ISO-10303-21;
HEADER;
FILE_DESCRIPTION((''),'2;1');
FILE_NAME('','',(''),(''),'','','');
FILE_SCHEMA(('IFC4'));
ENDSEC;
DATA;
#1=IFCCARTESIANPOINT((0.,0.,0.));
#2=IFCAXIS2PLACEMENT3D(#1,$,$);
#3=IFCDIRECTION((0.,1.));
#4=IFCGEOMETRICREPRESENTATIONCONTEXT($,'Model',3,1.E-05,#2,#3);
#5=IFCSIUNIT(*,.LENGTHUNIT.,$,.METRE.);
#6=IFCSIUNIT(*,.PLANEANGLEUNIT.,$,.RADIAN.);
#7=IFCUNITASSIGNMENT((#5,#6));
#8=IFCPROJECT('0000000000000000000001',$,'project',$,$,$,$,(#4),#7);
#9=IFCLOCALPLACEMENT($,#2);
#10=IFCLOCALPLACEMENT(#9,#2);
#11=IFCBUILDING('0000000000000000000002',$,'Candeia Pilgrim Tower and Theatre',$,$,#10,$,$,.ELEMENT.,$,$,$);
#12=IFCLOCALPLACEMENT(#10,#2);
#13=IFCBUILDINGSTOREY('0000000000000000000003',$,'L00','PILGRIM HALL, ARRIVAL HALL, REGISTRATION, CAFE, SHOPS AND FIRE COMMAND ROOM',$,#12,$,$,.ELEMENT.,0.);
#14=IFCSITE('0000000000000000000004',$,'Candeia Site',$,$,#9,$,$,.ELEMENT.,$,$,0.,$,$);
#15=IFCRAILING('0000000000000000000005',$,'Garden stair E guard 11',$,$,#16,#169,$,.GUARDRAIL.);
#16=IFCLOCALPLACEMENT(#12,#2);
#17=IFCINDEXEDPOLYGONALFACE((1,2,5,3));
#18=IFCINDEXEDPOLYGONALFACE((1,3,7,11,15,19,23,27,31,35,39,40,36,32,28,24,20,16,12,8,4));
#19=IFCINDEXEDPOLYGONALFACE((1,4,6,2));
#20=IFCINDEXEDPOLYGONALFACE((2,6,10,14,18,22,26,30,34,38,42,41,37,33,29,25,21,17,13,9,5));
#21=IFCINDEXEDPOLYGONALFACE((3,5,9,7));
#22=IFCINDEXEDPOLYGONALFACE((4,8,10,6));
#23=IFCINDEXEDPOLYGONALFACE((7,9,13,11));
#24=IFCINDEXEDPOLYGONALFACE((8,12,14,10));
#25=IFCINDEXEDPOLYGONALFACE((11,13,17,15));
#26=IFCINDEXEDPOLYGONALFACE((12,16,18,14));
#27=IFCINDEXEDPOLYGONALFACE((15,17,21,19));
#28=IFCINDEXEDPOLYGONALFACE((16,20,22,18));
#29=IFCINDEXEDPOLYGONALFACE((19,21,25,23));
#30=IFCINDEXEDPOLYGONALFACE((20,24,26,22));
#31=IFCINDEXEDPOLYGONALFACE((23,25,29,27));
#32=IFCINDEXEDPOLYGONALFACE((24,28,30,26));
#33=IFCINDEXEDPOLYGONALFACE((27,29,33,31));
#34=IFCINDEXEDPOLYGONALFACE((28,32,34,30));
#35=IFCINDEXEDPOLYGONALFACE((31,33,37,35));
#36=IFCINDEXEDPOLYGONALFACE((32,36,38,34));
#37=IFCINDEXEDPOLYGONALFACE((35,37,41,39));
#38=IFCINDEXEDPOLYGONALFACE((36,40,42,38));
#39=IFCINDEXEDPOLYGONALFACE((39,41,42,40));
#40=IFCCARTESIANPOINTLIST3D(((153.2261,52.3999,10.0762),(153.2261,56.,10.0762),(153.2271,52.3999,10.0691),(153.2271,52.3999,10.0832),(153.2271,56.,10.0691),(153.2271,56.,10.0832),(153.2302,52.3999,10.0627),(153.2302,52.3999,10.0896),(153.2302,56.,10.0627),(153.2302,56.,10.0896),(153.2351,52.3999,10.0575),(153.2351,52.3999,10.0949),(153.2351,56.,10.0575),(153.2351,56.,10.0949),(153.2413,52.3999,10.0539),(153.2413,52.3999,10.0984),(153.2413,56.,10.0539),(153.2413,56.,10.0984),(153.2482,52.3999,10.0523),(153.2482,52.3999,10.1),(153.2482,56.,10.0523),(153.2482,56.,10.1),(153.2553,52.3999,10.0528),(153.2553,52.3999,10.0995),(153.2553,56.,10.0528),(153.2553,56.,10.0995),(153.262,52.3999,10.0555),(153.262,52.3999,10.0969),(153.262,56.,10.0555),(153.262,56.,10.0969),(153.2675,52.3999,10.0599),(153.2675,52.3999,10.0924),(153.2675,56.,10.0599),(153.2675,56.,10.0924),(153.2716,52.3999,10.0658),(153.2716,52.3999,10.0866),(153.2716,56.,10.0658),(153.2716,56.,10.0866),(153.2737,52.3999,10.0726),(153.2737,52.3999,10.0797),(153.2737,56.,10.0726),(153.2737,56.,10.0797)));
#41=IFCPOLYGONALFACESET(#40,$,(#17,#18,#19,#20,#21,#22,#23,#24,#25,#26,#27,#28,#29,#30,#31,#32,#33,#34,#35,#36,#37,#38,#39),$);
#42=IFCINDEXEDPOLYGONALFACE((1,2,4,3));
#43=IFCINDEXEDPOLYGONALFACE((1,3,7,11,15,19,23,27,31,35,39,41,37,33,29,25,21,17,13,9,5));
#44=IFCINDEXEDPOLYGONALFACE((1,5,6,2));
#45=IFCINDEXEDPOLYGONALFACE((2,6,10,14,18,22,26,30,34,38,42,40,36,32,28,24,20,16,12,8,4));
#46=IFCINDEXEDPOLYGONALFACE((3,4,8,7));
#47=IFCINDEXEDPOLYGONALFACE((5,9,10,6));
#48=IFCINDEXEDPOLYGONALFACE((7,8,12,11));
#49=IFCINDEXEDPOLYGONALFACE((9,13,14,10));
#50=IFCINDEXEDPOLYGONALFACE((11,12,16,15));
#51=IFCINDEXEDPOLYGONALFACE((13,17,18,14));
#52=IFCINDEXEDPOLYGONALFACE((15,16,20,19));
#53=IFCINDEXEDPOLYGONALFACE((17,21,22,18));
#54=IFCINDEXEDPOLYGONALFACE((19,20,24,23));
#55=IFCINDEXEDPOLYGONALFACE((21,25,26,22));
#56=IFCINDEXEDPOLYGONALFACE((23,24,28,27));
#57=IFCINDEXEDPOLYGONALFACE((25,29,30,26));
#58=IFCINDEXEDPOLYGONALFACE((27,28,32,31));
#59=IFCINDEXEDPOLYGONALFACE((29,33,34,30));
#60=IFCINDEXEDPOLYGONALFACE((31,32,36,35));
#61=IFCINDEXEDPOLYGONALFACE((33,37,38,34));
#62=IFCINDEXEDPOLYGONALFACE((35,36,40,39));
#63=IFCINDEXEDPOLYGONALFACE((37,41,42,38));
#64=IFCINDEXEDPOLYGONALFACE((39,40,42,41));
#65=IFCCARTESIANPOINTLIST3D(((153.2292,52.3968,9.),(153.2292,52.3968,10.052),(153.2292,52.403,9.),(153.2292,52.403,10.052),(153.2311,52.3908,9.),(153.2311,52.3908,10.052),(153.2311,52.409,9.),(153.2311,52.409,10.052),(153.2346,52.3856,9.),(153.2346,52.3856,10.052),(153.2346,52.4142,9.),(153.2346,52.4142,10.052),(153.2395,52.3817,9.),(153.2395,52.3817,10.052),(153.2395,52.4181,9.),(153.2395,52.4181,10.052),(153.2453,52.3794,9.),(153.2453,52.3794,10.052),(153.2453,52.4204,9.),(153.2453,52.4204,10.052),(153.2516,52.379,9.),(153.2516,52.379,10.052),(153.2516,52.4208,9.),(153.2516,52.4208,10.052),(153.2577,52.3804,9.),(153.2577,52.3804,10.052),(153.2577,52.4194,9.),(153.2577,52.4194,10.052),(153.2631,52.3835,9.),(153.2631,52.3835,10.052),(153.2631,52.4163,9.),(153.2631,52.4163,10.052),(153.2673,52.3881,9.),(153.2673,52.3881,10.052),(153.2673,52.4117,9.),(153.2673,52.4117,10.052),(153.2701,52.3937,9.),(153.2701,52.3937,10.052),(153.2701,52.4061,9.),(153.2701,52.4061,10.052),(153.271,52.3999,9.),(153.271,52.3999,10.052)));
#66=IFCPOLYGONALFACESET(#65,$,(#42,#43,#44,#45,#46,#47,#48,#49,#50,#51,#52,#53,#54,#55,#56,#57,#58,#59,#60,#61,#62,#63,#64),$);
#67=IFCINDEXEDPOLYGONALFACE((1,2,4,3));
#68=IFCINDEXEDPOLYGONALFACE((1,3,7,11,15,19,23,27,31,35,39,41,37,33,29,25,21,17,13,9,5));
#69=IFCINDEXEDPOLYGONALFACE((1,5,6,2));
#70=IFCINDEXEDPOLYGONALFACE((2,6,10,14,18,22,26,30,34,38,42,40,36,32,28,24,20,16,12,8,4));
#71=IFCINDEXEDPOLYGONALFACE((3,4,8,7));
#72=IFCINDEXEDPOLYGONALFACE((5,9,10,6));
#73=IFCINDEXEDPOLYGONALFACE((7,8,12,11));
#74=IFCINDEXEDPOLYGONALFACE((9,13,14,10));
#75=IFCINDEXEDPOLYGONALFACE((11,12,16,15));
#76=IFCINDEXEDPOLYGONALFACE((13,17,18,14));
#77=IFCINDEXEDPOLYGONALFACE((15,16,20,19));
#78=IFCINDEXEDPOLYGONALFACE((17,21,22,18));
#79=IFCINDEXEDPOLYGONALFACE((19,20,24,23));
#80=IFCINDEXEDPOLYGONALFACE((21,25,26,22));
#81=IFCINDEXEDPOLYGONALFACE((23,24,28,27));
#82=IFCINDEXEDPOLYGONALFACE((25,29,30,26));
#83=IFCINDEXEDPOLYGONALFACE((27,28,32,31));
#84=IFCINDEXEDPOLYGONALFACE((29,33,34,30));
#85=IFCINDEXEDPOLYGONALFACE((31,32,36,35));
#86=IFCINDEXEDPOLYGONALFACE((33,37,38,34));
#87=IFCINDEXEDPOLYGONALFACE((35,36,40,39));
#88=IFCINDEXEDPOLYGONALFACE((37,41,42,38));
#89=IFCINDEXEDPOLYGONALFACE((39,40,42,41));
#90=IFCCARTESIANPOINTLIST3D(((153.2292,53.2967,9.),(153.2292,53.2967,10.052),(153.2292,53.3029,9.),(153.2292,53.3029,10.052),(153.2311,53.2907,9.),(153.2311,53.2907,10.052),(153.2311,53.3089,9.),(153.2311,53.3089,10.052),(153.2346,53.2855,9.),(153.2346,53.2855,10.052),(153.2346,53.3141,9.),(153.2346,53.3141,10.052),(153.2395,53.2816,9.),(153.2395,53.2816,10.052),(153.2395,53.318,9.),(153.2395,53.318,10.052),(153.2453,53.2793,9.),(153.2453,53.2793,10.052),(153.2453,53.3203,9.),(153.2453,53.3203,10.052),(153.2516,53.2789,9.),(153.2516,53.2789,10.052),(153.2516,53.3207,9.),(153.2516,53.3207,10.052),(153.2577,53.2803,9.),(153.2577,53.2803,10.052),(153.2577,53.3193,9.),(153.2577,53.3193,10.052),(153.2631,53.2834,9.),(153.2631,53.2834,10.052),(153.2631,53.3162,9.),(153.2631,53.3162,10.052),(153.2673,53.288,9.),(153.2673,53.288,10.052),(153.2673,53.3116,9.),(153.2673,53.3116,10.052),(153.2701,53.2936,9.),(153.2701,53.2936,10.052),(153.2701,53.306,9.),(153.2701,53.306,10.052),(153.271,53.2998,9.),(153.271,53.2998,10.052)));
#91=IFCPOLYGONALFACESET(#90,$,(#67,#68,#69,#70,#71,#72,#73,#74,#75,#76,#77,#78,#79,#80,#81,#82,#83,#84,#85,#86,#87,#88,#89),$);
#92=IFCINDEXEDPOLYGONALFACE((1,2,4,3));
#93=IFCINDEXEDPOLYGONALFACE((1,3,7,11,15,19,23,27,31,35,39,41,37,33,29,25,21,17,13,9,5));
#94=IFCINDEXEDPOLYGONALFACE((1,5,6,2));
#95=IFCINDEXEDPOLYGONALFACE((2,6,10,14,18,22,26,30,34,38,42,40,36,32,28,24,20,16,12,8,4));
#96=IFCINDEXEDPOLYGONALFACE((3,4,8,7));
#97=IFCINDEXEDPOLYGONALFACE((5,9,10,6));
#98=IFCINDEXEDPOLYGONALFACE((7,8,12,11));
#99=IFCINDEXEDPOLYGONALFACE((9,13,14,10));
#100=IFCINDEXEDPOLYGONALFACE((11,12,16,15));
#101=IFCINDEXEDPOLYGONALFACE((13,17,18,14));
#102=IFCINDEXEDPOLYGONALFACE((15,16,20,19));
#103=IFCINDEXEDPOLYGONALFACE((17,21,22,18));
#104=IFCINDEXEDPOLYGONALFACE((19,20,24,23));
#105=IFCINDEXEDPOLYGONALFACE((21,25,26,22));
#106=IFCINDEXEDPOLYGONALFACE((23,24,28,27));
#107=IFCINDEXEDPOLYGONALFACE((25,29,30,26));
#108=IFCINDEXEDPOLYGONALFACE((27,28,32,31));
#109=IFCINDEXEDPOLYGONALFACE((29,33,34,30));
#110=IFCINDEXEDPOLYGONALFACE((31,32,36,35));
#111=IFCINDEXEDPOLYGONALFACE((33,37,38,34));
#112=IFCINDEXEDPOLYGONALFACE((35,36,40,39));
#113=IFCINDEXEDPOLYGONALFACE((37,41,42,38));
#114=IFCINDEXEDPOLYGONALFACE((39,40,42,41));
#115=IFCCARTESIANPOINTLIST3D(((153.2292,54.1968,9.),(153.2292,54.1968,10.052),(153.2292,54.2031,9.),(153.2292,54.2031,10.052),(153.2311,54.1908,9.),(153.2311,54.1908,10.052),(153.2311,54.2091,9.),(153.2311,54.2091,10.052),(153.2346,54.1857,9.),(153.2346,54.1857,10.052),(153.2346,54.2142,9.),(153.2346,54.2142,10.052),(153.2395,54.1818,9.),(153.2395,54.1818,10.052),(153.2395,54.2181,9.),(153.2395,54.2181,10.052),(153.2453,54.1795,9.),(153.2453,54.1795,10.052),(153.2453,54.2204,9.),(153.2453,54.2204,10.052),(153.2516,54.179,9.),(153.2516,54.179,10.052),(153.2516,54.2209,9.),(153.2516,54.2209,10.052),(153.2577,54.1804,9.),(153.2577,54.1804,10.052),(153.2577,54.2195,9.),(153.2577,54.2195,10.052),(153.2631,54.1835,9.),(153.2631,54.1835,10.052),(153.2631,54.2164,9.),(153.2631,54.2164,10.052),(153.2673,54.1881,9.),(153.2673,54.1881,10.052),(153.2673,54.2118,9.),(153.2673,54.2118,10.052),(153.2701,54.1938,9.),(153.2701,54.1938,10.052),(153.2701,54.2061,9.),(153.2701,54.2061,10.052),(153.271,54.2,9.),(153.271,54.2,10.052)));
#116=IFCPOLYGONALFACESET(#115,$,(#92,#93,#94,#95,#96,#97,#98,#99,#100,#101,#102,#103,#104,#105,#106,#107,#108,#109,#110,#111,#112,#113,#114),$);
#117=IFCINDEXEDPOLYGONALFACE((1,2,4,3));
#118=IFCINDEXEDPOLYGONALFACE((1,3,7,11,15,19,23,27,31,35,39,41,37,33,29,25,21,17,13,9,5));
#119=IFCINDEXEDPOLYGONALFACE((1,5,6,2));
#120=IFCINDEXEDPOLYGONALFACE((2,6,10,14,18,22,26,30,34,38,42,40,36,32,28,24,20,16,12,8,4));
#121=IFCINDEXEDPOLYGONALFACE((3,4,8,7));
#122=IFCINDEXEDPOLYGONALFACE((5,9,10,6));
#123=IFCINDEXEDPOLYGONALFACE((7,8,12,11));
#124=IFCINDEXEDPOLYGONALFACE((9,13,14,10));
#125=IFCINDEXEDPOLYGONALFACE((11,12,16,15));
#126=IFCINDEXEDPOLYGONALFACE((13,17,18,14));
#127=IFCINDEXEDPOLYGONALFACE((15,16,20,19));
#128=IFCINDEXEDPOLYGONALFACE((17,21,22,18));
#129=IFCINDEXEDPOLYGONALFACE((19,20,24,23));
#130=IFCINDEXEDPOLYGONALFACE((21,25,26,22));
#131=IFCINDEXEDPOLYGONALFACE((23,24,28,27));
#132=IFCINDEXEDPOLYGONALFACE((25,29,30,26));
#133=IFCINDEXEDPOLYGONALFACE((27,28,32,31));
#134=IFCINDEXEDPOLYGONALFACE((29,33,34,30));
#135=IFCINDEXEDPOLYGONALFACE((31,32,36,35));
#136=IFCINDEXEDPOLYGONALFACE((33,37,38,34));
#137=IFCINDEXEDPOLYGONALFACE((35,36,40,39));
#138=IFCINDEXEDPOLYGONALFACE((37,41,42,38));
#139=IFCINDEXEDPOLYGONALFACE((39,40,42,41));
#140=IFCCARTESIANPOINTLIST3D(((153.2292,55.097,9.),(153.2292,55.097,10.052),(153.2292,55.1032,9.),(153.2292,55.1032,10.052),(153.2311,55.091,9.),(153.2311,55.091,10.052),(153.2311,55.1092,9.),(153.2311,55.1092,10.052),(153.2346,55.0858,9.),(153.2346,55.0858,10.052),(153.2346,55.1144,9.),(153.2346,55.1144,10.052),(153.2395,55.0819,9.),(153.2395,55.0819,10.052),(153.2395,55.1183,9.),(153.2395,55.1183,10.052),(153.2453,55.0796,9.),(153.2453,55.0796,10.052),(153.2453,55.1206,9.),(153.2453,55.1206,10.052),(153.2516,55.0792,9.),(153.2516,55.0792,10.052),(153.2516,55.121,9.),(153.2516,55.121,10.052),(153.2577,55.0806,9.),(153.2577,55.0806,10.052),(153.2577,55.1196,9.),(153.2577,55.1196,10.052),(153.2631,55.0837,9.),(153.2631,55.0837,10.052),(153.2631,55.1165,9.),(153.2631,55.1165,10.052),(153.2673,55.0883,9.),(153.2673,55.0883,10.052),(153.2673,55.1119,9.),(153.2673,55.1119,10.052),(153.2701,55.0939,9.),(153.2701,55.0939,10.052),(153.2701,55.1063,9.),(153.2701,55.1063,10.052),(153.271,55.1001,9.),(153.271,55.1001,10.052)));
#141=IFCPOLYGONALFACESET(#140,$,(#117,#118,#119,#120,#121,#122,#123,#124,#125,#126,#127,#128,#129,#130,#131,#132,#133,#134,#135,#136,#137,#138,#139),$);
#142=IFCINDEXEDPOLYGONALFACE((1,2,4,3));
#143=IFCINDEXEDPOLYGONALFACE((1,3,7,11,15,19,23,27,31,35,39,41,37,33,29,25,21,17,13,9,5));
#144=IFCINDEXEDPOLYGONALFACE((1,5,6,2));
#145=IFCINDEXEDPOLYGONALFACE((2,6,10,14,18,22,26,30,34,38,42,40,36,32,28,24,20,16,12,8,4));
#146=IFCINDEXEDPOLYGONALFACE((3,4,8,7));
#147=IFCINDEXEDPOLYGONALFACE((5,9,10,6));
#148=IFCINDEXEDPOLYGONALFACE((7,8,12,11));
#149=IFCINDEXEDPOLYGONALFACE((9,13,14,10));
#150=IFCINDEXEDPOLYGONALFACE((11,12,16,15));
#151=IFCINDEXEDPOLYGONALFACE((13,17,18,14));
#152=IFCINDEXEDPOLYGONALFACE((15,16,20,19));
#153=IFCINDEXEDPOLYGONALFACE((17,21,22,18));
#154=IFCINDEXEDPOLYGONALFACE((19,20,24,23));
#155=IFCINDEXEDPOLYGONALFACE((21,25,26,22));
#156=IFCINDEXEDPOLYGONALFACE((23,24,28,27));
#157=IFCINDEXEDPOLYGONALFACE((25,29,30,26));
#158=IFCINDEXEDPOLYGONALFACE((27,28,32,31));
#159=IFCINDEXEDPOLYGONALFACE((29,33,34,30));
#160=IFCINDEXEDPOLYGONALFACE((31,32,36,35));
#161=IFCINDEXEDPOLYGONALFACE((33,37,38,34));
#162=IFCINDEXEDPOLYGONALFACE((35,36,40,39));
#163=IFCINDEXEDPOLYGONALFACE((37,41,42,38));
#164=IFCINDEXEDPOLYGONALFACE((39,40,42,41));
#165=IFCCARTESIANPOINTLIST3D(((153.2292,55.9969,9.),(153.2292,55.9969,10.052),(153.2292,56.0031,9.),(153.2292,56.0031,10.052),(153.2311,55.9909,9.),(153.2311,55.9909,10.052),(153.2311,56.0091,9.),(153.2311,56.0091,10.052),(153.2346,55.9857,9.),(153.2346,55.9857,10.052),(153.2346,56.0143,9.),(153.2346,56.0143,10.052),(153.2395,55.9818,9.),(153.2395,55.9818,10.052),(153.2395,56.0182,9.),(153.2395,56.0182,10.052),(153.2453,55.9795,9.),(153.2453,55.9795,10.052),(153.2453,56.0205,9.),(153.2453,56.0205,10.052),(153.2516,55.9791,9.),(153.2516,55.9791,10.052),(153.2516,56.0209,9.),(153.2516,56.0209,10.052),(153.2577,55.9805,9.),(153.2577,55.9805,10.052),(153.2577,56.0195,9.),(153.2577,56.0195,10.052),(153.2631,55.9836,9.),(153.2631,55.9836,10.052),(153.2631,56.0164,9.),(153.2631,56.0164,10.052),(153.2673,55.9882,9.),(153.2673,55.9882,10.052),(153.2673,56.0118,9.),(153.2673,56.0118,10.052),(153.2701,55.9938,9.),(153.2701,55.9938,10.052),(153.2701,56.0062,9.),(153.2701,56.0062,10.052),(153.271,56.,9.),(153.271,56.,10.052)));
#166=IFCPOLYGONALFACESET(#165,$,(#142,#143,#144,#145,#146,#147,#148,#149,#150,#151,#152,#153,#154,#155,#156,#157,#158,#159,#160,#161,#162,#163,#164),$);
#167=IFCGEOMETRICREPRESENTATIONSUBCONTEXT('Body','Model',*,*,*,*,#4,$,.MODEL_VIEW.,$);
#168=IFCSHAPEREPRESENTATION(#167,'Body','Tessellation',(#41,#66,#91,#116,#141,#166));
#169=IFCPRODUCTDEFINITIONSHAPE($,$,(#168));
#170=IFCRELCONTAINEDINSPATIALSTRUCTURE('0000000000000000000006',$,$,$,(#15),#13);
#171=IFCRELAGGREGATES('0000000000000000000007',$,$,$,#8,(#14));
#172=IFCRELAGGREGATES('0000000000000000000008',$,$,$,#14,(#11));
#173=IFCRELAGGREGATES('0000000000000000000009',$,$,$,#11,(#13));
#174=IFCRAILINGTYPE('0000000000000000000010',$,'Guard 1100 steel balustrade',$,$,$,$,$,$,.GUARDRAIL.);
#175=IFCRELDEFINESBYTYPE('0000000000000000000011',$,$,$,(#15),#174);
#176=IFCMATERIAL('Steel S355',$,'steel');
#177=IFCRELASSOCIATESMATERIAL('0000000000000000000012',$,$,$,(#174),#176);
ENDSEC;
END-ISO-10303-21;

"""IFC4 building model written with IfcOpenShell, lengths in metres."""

from ifc_helpers import new_model, si_unit, direction, frame, origin, origin_2d, place, context, subcontext, project, spatial, circle, extrude, material, type_object, element, save


model = new_model("IFC4")

# Units and contexts
model_context = context("Model", 3, precision=1e-05, world=origin(), true_north=direction((0.0, 1.0)))
body_context = subcontext(model_context, "Body", "Model", "MODEL_VIEW")
ifc_project = project(units=[si_unit("LENGTHUNIT", "METRE"), si_unit("PLANEANGLEUNIT", "RADIAN")], contexts=[model_context])

# Site, building, storey
site_placement = place(None, origin())
site = spatial("IfcSite", under=ifc_project, at=site_placement, Name="Candeia Site", CompositionType="ELEMENT", RefElevation=0.0)
building_placement = place(site_placement, origin())
building = spatial("IfcBuilding", under=site, at=building_placement, Name="Candeia Pilgrim Tower and Theatre", CompositionType="ELEMENT")
storey_placement = place(building_placement, origin())
storey = spatial("IfcBuildingStorey", under=building, at=storey_placement, Name="L00", Description="PILGRIM HALL, ARRIVAL HALL, REGISTRATION, CAFE, SHOPS AND FIRE COMMAND ROOM", CompositionType="ELEMENT", Elevation=0.0)

# Railing
ifc_material_1 = material(Name="Steel S355", Category="steel")
railing_type_1 = type_object("IfcRailingType", Name="Guard 1100 steel balustrade", PredefinedType="GUARDRAIL", material=ifc_material_1)
for number, where, name in (
    (1, (153.25, 52.3999, 9.0), "Garden stair E guard 11"),
):
    element("IfcRailing", number, at=place(storey_placement, frame(where)), inside=storey, type_object=railing_type_1, Name=name, PredefinedType="GUARDRAIL", context=body_context, shape_type="SweptSolid", body=[
        extrude(circle(Radius=0.0239, at=origin_2d()), frame((0.0, 0.0, 1.0762), z_axis=(0.0, 1.0, 0.0), x_axis=(-1.0, 0.0, 0.0)), (0.0, 0.0, 1.0), 3.6001),
        extrude(circle(Radius=0.021, at=origin_2d()), origin(), (0.0, 0.0, 1.0), 1.052),
        extrude(circle(Radius=0.021, at=origin_2d()), frame((0.0, 0.8999, 0.0)), (0.0, 0.0, 1.0), 1.052),
        extrude(circle(Radius=0.021, at=origin_2d()), frame((0.0, 1.8, 0.0)), (0.0, 0.0, 1.0), 1.052),
        extrude(circle(Radius=0.021, at=origin_2d()), frame((0.0, 2.7002, 0.0)), (0.0, 0.0, 1.0), 1.052),
        extrude(circle(Radius=0.021, at=origin_2d()), frame((0.0, 3.6001, 0.0)), (0.0, 0.0, 1.0), 1.052),
    ])

save(model, "model.ifc")
